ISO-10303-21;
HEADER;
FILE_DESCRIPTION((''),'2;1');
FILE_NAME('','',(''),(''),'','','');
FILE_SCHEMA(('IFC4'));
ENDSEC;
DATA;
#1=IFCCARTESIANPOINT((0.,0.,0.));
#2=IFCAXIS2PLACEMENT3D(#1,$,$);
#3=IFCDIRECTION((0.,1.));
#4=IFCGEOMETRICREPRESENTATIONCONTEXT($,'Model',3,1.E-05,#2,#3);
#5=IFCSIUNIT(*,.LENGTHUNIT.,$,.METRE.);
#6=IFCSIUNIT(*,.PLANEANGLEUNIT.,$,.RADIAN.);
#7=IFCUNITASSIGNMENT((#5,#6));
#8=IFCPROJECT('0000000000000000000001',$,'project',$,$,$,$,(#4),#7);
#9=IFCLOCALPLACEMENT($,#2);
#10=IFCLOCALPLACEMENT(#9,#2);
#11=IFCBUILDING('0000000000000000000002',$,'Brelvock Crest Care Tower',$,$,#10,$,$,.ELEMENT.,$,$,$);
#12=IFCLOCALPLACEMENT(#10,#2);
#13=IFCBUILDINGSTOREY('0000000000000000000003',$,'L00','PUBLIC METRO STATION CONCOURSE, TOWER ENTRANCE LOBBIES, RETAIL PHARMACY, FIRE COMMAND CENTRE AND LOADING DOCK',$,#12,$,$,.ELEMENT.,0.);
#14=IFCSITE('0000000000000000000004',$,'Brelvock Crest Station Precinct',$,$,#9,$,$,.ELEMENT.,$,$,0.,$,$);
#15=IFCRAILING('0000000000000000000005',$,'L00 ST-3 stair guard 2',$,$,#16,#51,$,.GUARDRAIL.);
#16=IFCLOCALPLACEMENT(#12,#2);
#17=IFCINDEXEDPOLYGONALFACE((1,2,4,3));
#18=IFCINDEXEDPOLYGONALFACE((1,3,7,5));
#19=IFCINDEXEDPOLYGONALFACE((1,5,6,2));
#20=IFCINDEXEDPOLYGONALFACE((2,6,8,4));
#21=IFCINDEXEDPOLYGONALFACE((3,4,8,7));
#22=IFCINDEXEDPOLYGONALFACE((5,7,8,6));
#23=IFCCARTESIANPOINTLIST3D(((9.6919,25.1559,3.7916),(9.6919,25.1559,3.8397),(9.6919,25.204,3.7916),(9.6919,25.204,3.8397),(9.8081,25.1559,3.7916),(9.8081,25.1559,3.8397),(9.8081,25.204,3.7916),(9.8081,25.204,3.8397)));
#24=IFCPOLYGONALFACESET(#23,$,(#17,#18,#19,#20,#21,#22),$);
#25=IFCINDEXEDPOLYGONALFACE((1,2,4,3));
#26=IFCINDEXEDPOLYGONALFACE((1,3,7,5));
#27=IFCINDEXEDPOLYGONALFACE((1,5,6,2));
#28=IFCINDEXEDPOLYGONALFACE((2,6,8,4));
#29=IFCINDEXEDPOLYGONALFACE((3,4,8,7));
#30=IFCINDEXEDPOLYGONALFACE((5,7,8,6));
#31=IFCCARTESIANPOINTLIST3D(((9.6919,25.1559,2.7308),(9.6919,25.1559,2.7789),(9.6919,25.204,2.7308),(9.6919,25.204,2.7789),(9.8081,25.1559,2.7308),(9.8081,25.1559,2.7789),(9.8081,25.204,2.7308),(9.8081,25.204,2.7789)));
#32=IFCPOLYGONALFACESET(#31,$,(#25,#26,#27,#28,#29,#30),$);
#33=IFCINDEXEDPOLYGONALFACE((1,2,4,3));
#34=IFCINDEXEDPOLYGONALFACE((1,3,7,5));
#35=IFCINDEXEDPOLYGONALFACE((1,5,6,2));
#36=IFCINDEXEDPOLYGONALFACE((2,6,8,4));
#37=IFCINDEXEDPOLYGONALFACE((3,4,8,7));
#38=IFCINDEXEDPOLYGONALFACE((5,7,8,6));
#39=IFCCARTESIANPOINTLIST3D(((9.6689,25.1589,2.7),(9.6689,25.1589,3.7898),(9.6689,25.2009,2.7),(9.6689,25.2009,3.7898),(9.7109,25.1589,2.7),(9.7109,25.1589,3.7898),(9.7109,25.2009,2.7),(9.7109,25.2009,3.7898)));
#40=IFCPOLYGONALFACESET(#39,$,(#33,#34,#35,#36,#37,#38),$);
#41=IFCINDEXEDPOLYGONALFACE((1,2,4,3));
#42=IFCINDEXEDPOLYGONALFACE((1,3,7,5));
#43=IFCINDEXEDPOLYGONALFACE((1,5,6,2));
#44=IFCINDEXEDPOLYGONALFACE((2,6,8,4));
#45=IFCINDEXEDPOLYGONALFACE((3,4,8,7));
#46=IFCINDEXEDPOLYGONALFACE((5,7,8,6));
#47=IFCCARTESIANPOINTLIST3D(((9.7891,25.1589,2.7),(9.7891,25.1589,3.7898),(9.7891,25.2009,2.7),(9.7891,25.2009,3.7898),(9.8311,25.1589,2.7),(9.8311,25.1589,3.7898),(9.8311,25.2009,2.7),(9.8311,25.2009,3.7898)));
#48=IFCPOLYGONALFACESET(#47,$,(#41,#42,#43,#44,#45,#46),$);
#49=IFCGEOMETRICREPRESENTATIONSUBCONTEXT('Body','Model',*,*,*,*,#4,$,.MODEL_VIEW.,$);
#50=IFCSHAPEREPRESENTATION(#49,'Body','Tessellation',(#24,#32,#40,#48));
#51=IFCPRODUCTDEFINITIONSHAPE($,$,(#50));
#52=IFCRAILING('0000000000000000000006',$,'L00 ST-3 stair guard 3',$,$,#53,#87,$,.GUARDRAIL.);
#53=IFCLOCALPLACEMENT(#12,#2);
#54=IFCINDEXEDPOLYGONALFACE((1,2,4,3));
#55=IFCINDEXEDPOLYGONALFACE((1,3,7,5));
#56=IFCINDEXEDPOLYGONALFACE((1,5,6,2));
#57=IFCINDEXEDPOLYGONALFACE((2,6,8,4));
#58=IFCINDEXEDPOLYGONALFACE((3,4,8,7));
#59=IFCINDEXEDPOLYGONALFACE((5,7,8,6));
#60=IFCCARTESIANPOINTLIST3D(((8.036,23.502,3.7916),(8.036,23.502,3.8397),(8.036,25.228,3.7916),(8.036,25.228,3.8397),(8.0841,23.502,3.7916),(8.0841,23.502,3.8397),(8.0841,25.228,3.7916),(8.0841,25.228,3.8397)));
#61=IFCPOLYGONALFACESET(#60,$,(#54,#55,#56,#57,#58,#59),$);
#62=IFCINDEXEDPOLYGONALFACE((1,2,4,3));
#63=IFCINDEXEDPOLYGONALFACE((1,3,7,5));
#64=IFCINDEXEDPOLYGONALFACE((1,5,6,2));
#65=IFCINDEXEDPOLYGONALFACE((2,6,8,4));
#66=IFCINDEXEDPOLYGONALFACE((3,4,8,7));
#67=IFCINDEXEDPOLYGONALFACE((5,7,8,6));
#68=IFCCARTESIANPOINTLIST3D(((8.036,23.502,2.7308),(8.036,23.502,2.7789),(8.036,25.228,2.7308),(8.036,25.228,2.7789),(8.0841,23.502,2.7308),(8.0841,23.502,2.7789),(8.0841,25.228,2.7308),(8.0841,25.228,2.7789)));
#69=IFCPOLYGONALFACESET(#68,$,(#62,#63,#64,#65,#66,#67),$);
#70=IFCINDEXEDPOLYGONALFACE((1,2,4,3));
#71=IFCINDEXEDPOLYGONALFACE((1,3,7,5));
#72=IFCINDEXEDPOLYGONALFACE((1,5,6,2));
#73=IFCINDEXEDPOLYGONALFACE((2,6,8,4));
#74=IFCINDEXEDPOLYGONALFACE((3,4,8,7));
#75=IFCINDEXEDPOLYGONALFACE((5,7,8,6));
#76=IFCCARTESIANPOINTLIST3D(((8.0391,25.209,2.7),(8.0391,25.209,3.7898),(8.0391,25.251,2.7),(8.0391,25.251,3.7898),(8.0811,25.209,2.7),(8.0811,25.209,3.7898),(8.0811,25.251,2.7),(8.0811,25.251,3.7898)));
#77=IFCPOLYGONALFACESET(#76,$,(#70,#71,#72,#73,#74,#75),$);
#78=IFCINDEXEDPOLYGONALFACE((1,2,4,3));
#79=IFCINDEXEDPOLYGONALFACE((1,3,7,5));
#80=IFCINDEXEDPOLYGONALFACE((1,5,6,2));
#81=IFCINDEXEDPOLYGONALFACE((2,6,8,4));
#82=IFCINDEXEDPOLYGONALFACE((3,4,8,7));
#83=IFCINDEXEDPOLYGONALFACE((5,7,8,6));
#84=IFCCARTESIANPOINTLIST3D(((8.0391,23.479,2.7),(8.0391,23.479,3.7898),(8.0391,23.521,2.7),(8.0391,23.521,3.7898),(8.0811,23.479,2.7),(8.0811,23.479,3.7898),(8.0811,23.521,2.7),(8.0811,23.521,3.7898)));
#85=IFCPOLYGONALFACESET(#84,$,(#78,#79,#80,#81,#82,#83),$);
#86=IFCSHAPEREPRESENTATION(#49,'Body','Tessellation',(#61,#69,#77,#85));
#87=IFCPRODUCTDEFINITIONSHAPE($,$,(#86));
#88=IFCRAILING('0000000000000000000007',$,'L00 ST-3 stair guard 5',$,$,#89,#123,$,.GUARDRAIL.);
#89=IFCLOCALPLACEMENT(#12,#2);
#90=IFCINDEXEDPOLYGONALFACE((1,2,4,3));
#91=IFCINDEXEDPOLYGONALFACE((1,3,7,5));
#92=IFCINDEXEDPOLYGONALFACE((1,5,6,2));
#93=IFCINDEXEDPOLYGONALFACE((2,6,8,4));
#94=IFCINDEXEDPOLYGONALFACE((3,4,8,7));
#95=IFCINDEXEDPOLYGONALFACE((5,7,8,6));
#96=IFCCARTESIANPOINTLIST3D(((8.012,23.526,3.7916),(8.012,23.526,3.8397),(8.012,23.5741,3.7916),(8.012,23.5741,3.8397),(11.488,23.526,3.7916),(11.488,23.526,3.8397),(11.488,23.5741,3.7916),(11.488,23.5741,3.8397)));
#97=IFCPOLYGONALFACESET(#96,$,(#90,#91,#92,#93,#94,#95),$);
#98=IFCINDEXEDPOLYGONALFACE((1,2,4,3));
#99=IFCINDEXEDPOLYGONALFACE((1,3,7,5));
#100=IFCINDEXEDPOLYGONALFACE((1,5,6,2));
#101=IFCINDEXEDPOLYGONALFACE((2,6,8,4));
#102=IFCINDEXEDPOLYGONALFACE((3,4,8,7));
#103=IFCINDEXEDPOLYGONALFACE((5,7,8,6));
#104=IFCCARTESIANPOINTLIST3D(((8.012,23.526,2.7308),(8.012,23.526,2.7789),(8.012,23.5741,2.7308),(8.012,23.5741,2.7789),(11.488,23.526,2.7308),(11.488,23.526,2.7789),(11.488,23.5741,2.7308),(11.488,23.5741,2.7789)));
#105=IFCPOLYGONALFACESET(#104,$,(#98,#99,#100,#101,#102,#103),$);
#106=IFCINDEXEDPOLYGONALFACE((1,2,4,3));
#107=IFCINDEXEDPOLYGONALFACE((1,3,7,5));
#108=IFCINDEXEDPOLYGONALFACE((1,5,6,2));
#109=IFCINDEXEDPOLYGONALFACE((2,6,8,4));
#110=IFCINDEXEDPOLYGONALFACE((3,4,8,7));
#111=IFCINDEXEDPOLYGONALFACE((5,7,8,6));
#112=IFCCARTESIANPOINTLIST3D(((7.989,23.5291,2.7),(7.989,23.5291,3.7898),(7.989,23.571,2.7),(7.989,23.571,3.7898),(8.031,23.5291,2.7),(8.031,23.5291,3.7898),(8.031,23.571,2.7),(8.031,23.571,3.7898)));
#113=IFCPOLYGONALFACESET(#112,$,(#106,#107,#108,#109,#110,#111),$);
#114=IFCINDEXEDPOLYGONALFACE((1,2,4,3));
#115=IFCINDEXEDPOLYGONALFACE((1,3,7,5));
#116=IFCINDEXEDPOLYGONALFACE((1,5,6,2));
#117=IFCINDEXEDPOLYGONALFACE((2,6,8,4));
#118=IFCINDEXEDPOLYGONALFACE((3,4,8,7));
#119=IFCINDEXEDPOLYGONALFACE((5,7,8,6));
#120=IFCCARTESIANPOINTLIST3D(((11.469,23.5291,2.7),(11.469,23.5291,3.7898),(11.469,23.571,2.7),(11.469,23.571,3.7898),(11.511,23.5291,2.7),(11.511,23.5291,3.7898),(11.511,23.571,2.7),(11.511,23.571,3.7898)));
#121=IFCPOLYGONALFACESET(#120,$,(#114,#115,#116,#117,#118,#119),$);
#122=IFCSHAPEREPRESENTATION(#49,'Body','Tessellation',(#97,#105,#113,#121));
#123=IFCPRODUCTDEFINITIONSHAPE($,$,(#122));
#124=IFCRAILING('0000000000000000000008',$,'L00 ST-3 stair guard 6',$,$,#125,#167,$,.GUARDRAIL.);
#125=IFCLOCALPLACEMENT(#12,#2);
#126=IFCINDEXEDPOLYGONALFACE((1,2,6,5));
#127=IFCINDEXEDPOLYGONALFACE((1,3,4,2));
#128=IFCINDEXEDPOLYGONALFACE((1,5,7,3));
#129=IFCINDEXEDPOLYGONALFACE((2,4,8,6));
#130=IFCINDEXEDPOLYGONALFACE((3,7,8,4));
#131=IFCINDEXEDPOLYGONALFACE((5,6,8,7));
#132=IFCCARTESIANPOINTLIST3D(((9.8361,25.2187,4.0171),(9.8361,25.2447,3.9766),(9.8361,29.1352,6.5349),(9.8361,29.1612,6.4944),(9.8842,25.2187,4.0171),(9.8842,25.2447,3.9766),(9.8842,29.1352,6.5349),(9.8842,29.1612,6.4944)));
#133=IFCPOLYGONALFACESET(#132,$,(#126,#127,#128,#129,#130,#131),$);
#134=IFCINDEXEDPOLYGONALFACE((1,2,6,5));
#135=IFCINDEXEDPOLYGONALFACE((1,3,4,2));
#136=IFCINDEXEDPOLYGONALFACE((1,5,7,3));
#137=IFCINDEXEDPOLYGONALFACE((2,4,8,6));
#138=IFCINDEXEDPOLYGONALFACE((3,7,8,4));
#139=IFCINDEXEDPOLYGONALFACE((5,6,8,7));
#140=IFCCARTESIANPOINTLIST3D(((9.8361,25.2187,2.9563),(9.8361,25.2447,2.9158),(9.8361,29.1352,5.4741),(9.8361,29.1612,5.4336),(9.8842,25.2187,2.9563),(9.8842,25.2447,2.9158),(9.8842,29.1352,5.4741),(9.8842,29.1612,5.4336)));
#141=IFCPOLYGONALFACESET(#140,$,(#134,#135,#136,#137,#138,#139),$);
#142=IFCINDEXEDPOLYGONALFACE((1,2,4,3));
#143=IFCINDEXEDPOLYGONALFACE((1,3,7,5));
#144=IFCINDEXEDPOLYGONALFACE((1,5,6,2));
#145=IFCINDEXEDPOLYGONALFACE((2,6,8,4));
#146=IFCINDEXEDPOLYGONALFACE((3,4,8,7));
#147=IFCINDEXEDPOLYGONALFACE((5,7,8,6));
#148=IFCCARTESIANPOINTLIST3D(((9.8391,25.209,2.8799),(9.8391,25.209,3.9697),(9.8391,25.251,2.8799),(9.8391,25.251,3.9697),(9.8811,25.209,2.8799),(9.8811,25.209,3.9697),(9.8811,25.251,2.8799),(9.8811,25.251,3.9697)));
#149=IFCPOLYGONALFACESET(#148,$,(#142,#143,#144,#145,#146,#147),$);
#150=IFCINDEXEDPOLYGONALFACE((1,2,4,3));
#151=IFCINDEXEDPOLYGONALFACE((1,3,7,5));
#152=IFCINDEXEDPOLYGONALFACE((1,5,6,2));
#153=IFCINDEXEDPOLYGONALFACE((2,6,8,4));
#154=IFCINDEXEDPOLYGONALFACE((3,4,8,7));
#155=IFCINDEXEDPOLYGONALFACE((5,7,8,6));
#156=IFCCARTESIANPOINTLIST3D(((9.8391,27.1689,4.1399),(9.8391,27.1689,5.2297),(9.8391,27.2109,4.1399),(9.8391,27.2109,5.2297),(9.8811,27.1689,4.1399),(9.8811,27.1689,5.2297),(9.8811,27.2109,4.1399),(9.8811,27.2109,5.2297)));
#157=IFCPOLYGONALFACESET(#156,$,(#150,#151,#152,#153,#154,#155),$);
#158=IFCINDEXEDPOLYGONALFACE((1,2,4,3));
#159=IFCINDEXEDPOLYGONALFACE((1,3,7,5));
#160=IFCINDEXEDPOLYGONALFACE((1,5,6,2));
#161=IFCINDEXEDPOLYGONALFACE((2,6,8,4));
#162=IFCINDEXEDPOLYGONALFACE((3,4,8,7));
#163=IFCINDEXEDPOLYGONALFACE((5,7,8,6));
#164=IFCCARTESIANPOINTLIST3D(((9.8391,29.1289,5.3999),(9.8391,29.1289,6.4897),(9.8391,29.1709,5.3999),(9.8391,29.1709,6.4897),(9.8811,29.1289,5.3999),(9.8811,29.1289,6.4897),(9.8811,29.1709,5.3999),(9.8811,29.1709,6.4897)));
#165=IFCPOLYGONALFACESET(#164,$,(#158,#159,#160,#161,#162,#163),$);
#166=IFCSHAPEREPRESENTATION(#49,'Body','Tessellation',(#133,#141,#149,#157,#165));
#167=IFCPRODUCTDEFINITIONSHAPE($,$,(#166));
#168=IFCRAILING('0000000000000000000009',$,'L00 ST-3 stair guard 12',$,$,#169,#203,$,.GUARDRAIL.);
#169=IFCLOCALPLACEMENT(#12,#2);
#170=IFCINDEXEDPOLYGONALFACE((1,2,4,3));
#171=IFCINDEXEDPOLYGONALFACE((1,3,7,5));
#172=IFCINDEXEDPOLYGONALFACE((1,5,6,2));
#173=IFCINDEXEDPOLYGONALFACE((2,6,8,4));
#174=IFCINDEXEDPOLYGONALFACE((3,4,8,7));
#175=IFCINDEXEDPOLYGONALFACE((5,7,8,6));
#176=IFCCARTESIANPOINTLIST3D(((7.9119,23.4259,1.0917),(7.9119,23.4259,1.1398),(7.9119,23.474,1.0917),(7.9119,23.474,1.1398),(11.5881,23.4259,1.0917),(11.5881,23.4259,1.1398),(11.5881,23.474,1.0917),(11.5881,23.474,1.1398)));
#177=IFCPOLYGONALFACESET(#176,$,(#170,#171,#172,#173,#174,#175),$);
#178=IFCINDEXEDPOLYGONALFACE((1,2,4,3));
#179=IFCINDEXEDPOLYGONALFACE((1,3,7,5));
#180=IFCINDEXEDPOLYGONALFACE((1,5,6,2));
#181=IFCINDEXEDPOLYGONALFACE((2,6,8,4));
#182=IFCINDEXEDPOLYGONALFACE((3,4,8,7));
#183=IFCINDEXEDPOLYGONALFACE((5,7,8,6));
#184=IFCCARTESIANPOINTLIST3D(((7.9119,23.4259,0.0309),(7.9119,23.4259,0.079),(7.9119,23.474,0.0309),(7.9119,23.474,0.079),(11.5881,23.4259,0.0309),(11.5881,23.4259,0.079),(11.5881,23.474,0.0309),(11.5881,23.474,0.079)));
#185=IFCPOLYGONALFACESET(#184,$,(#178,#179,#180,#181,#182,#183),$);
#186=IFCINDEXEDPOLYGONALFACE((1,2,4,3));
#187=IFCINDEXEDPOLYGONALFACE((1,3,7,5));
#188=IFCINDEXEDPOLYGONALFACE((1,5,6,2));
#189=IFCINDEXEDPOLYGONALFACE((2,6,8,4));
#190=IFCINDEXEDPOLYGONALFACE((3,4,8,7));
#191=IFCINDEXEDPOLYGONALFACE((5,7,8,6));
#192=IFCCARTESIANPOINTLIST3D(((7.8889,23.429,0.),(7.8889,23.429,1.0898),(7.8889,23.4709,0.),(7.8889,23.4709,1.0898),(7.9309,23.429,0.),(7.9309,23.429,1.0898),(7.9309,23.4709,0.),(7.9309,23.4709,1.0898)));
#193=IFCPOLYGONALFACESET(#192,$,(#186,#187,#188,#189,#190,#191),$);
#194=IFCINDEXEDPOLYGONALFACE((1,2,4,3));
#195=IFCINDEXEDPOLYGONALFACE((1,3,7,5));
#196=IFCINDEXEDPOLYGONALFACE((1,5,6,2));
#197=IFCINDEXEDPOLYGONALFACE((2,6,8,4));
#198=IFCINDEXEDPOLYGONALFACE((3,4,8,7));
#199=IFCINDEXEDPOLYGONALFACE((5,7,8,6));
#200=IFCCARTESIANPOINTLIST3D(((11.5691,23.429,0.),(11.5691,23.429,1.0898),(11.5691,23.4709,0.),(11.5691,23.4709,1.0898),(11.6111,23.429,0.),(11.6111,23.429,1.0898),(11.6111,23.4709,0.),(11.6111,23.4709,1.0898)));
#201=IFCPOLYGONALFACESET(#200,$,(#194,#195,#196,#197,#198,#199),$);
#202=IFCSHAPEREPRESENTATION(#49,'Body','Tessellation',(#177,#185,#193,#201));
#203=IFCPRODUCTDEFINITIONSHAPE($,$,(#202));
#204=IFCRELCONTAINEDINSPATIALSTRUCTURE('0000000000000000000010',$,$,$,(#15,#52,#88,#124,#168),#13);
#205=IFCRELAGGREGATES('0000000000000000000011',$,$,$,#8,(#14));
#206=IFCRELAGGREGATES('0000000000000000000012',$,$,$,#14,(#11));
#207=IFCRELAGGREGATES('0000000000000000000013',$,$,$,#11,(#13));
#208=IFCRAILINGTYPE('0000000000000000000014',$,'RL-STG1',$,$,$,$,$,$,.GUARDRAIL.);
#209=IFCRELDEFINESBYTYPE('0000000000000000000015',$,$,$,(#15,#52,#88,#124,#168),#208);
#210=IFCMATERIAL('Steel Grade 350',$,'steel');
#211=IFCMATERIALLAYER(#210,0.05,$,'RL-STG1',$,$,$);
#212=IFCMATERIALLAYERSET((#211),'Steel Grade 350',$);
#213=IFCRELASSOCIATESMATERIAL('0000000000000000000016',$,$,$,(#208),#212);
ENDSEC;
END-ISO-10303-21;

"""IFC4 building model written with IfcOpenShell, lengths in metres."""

from ifc_helpers import new_model, si_unit, direction, frame, origin, origin_2d, place, context, subcontext, project, spatial, rectangle, extrude, material, layer, layer_set, type_object, element, save


model = new_model("IFC4")

# Units and contexts
model_context = context("Model", 3, precision=1e-05, world=origin(), true_north=direction((0.0, 1.0)))
body_context = subcontext(model_context, "Body", "Model", "MODEL_VIEW")
ifc_project = project(units=[si_unit("LENGTHUNIT", "METRE"), si_unit("PLANEANGLEUNIT", "RADIAN")], contexts=[model_context])

# Site, building, storey
site_placement = place(None, origin())
site = spatial("IfcSite", under=ifc_project, at=site_placement, Name="Brelvock Crest Station Precinct", CompositionType="ELEMENT", RefElevation=0.0)
building_placement = place(site_placement, origin())
building = spatial("IfcBuilding", under=site, at=building_placement, Name="Brelvock Crest Care Tower", CompositionType="ELEMENT")
storey_placement = place(building_placement, origin())
storey = spatial("IfcBuildingStorey", under=building, at=storey_placement, Name="L00", Description="PUBLIC METRO STATION CONCOURSE, TOWER ENTRANCE LOBBIES, RETAIL PHARMACY, FIRE COMMAND CENTRE AND LOADING DOCK", CompositionType="ELEMENT", Elevation=0.0)

# Shared definitions
ifc_material_1 = material(Name="Steel Grade 350", Category="steel")

# Railings
ifc_layer_1 = layer(ifc_material_1, 0.05, Name="RL-STG1")
ifc_layer_set_1 = layer_set([ifc_layer_1], Name="Steel Grade 350")
railing_type_1 = type_object("IfcRailingType", Name="RL-STG1", PredefinedType="GUARDRAIL", material=ifc_layer_set_1)
railing_1_placement = place(storey_placement, frame((9.6899, 25.1799, 2.7)))
element("IfcRailing", 1, at=railing_1_placement, inside=storey, type_object=railing_type_1, Name="L00 ST-3 stair guard 2", PredefinedType="GUARDRAIL", context=body_context, shape_type="SweptSolid", body=[
    extrude(rectangle(XDim=0.0481, YDim=0.0481, at=origin_2d()), frame((0.002, 0.0, 1.1157), z_axis=(1.0, 0.0, 0.0), x_axis=(0.0, 1.0, 0.0)), (0.0, 0.0, 1.0), 0.1162),
    extrude(rectangle(XDim=0.0481, YDim=0.0481, at=origin_2d()), frame((0.002, 0.0, 0.0549), z_axis=(1.0, 0.0, 0.0), x_axis=(0.0, 1.0, 0.0)), (0.0, 0.0, 1.0), 0.1162),
    extrude(rectangle(XDim=0.042, YDim=0.042, at=origin_2d()), origin(), (0.0, 0.0, 1.0), 1.0898),
    extrude(rectangle(XDim=0.042, YDim=0.042, at=origin_2d()), frame((0.1201, 0.0, 0.0)), (0.0, 0.0, 1.0), 1.0898),
])
railing_2_placement = place(storey_placement, frame((8.0601, 25.23, 2.7)))
element("IfcRailing", 2, at=railing_2_placement, inside=storey, type_object=railing_type_1, Name="L00 ST-3 stair guard 3", PredefinedType="GUARDRAIL", context=body_context, shape_type="SweptSolid", body=[
    extrude(rectangle(XDim=0.0481, YDim=0.0481, at=origin_2d()), frame((0.0, -0.002, 1.1157), z_axis=(0.0, -1.0, 0.0), x_axis=(1.0, 0.0, 0.0)), (0.0, 0.0, 1.0), 1.7261),
    extrude(rectangle(XDim=0.0481, YDim=0.0481, at=origin_2d()), frame((0.0, -0.002, 0.0549), z_axis=(0.0, -1.0, 0.0), x_axis=(1.0, 0.0, 0.0)), (0.0, 0.0, 1.0), 1.7261),
    extrude(rectangle(XDim=0.042, YDim=0.042, at=origin_2d()), origin(), (0.0, 0.0, 1.0), 1.0898),
    extrude(rectangle(XDim=0.042, YDim=0.042, at=origin_2d()), frame((0.0, -1.73, 0.0)), (0.0, 0.0, 1.0), 1.0898),
])
railing_3_placement = place(storey_placement, frame((8.01, 23.55, 2.7)))
element("IfcRailing", 3, at=railing_3_placement, inside=storey, type_object=railing_type_1, Name="L00 ST-3 stair guard 5", PredefinedType="GUARDRAIL", context=body_context, shape_type="SweptSolid", body=[
    extrude(rectangle(XDim=0.0481, YDim=0.0481, at=origin_2d()), frame((0.002, 0.0, 1.1157), z_axis=(1.0, 0.0, 0.0), x_axis=(0.0, 1.0, 0.0)), (0.0, 0.0, 1.0), 3.4761),
    extrude(rectangle(XDim=0.0481, YDim=0.0481, at=origin_2d()), frame((0.002, 0.0, 0.0549), z_axis=(1.0, 0.0, 0.0), x_axis=(0.0, 1.0, 0.0)), (0.0, 0.0, 1.0), 3.4761),
    extrude(rectangle(XDim=0.042, YDim=0.042, at=origin_2d()), origin(), (0.0, 0.0, 1.0), 1.0898),
    extrude(rectangle(XDim=0.042, YDim=0.042, at=origin_2d()), frame((3.48, 0.0, 0.0)), (0.0, 0.0, 1.0), 1.0898),
])
railing_4_placement = place(storey_placement, frame((9.8601, 25.23, 2.8799)))
element("IfcRailing", 4, at=railing_4_placement, inside=storey, type_object=railing_type_1, Name="L00 ST-3 stair guard 6", PredefinedType="GUARDRAIL", context=body_context, shape_type="SweptSolid", body=[
    extrude(rectangle(XDim=0.0481, YDim=0.0481, at=origin_2d()), frame((0.0, 0.0017, 1.1169), z_axis=(0.0, 0.841172, 0.540768), x_axis=(-1.0, 0.0, 0.0)), (0.0, 0.0, 1.0), 4.656),
    extrude(rectangle(XDim=0.0481, YDim=0.0481, at=origin_2d()), frame((0.0, 0.0017, 0.0562), z_axis=(0.0, 0.841172, 0.540768), x_axis=(-1.0, 0.0, 0.0)), (0.0, 0.0, 1.0), 4.656),
    extrude(rectangle(XDim=0.042, YDim=0.042, at=origin_2d()), origin(), (0.0, 0.0, 1.0), 1.0898),
    extrude(rectangle(XDim=0.042, YDim=0.042, at=origin_2d()), frame((0.0, 1.96, 1.26)), (0.0, 0.0, 1.0), 1.0898),
    extrude(rectangle(XDim=0.042, YDim=0.042, at=origin_2d()), frame((0.0, 3.9199, 2.52)), (0.0, 0.0, 1.0), 1.0898),
])
railing_5_placement = place(storey_placement, frame((7.9099, 23.45, 0.0)))
element("IfcRailing", 5, at=railing_5_placement, inside=storey, type_object=railing_type_1, Name="L00 ST-3 stair guard 12", PredefinedType="GUARDRAIL", context=body_context, shape_type="SweptSolid", body=[
    extrude(rectangle(XDim=0.0481, YDim=0.0481, at=origin_2d()), frame((0.002, 0.0, 1.1157), z_axis=(1.0, 0.0, 0.0), x_axis=(0.0, 1.0, 0.0)), (0.0, 0.0, 1.0), 3.6763),
    extrude(rectangle(XDim=0.0481, YDim=0.0481, at=origin_2d()), frame((0.002, 0.0, 0.0549), z_axis=(1.0, 0.0, 0.0), x_axis=(0.0, 1.0, 0.0)), (0.0, 0.0, 1.0), 3.6763),
    extrude(rectangle(XDim=0.042, YDim=0.042, at=origin_2d()), origin(), (0.0, 0.0, 1.0), 1.0898),
    extrude(rectangle(XDim=0.042, YDim=0.042, at=origin_2d()), frame((3.6802, 0.0, 0.0)), (0.0, 0.0, 1.0), 1.0898),
])

save(model, "model.ifc")
